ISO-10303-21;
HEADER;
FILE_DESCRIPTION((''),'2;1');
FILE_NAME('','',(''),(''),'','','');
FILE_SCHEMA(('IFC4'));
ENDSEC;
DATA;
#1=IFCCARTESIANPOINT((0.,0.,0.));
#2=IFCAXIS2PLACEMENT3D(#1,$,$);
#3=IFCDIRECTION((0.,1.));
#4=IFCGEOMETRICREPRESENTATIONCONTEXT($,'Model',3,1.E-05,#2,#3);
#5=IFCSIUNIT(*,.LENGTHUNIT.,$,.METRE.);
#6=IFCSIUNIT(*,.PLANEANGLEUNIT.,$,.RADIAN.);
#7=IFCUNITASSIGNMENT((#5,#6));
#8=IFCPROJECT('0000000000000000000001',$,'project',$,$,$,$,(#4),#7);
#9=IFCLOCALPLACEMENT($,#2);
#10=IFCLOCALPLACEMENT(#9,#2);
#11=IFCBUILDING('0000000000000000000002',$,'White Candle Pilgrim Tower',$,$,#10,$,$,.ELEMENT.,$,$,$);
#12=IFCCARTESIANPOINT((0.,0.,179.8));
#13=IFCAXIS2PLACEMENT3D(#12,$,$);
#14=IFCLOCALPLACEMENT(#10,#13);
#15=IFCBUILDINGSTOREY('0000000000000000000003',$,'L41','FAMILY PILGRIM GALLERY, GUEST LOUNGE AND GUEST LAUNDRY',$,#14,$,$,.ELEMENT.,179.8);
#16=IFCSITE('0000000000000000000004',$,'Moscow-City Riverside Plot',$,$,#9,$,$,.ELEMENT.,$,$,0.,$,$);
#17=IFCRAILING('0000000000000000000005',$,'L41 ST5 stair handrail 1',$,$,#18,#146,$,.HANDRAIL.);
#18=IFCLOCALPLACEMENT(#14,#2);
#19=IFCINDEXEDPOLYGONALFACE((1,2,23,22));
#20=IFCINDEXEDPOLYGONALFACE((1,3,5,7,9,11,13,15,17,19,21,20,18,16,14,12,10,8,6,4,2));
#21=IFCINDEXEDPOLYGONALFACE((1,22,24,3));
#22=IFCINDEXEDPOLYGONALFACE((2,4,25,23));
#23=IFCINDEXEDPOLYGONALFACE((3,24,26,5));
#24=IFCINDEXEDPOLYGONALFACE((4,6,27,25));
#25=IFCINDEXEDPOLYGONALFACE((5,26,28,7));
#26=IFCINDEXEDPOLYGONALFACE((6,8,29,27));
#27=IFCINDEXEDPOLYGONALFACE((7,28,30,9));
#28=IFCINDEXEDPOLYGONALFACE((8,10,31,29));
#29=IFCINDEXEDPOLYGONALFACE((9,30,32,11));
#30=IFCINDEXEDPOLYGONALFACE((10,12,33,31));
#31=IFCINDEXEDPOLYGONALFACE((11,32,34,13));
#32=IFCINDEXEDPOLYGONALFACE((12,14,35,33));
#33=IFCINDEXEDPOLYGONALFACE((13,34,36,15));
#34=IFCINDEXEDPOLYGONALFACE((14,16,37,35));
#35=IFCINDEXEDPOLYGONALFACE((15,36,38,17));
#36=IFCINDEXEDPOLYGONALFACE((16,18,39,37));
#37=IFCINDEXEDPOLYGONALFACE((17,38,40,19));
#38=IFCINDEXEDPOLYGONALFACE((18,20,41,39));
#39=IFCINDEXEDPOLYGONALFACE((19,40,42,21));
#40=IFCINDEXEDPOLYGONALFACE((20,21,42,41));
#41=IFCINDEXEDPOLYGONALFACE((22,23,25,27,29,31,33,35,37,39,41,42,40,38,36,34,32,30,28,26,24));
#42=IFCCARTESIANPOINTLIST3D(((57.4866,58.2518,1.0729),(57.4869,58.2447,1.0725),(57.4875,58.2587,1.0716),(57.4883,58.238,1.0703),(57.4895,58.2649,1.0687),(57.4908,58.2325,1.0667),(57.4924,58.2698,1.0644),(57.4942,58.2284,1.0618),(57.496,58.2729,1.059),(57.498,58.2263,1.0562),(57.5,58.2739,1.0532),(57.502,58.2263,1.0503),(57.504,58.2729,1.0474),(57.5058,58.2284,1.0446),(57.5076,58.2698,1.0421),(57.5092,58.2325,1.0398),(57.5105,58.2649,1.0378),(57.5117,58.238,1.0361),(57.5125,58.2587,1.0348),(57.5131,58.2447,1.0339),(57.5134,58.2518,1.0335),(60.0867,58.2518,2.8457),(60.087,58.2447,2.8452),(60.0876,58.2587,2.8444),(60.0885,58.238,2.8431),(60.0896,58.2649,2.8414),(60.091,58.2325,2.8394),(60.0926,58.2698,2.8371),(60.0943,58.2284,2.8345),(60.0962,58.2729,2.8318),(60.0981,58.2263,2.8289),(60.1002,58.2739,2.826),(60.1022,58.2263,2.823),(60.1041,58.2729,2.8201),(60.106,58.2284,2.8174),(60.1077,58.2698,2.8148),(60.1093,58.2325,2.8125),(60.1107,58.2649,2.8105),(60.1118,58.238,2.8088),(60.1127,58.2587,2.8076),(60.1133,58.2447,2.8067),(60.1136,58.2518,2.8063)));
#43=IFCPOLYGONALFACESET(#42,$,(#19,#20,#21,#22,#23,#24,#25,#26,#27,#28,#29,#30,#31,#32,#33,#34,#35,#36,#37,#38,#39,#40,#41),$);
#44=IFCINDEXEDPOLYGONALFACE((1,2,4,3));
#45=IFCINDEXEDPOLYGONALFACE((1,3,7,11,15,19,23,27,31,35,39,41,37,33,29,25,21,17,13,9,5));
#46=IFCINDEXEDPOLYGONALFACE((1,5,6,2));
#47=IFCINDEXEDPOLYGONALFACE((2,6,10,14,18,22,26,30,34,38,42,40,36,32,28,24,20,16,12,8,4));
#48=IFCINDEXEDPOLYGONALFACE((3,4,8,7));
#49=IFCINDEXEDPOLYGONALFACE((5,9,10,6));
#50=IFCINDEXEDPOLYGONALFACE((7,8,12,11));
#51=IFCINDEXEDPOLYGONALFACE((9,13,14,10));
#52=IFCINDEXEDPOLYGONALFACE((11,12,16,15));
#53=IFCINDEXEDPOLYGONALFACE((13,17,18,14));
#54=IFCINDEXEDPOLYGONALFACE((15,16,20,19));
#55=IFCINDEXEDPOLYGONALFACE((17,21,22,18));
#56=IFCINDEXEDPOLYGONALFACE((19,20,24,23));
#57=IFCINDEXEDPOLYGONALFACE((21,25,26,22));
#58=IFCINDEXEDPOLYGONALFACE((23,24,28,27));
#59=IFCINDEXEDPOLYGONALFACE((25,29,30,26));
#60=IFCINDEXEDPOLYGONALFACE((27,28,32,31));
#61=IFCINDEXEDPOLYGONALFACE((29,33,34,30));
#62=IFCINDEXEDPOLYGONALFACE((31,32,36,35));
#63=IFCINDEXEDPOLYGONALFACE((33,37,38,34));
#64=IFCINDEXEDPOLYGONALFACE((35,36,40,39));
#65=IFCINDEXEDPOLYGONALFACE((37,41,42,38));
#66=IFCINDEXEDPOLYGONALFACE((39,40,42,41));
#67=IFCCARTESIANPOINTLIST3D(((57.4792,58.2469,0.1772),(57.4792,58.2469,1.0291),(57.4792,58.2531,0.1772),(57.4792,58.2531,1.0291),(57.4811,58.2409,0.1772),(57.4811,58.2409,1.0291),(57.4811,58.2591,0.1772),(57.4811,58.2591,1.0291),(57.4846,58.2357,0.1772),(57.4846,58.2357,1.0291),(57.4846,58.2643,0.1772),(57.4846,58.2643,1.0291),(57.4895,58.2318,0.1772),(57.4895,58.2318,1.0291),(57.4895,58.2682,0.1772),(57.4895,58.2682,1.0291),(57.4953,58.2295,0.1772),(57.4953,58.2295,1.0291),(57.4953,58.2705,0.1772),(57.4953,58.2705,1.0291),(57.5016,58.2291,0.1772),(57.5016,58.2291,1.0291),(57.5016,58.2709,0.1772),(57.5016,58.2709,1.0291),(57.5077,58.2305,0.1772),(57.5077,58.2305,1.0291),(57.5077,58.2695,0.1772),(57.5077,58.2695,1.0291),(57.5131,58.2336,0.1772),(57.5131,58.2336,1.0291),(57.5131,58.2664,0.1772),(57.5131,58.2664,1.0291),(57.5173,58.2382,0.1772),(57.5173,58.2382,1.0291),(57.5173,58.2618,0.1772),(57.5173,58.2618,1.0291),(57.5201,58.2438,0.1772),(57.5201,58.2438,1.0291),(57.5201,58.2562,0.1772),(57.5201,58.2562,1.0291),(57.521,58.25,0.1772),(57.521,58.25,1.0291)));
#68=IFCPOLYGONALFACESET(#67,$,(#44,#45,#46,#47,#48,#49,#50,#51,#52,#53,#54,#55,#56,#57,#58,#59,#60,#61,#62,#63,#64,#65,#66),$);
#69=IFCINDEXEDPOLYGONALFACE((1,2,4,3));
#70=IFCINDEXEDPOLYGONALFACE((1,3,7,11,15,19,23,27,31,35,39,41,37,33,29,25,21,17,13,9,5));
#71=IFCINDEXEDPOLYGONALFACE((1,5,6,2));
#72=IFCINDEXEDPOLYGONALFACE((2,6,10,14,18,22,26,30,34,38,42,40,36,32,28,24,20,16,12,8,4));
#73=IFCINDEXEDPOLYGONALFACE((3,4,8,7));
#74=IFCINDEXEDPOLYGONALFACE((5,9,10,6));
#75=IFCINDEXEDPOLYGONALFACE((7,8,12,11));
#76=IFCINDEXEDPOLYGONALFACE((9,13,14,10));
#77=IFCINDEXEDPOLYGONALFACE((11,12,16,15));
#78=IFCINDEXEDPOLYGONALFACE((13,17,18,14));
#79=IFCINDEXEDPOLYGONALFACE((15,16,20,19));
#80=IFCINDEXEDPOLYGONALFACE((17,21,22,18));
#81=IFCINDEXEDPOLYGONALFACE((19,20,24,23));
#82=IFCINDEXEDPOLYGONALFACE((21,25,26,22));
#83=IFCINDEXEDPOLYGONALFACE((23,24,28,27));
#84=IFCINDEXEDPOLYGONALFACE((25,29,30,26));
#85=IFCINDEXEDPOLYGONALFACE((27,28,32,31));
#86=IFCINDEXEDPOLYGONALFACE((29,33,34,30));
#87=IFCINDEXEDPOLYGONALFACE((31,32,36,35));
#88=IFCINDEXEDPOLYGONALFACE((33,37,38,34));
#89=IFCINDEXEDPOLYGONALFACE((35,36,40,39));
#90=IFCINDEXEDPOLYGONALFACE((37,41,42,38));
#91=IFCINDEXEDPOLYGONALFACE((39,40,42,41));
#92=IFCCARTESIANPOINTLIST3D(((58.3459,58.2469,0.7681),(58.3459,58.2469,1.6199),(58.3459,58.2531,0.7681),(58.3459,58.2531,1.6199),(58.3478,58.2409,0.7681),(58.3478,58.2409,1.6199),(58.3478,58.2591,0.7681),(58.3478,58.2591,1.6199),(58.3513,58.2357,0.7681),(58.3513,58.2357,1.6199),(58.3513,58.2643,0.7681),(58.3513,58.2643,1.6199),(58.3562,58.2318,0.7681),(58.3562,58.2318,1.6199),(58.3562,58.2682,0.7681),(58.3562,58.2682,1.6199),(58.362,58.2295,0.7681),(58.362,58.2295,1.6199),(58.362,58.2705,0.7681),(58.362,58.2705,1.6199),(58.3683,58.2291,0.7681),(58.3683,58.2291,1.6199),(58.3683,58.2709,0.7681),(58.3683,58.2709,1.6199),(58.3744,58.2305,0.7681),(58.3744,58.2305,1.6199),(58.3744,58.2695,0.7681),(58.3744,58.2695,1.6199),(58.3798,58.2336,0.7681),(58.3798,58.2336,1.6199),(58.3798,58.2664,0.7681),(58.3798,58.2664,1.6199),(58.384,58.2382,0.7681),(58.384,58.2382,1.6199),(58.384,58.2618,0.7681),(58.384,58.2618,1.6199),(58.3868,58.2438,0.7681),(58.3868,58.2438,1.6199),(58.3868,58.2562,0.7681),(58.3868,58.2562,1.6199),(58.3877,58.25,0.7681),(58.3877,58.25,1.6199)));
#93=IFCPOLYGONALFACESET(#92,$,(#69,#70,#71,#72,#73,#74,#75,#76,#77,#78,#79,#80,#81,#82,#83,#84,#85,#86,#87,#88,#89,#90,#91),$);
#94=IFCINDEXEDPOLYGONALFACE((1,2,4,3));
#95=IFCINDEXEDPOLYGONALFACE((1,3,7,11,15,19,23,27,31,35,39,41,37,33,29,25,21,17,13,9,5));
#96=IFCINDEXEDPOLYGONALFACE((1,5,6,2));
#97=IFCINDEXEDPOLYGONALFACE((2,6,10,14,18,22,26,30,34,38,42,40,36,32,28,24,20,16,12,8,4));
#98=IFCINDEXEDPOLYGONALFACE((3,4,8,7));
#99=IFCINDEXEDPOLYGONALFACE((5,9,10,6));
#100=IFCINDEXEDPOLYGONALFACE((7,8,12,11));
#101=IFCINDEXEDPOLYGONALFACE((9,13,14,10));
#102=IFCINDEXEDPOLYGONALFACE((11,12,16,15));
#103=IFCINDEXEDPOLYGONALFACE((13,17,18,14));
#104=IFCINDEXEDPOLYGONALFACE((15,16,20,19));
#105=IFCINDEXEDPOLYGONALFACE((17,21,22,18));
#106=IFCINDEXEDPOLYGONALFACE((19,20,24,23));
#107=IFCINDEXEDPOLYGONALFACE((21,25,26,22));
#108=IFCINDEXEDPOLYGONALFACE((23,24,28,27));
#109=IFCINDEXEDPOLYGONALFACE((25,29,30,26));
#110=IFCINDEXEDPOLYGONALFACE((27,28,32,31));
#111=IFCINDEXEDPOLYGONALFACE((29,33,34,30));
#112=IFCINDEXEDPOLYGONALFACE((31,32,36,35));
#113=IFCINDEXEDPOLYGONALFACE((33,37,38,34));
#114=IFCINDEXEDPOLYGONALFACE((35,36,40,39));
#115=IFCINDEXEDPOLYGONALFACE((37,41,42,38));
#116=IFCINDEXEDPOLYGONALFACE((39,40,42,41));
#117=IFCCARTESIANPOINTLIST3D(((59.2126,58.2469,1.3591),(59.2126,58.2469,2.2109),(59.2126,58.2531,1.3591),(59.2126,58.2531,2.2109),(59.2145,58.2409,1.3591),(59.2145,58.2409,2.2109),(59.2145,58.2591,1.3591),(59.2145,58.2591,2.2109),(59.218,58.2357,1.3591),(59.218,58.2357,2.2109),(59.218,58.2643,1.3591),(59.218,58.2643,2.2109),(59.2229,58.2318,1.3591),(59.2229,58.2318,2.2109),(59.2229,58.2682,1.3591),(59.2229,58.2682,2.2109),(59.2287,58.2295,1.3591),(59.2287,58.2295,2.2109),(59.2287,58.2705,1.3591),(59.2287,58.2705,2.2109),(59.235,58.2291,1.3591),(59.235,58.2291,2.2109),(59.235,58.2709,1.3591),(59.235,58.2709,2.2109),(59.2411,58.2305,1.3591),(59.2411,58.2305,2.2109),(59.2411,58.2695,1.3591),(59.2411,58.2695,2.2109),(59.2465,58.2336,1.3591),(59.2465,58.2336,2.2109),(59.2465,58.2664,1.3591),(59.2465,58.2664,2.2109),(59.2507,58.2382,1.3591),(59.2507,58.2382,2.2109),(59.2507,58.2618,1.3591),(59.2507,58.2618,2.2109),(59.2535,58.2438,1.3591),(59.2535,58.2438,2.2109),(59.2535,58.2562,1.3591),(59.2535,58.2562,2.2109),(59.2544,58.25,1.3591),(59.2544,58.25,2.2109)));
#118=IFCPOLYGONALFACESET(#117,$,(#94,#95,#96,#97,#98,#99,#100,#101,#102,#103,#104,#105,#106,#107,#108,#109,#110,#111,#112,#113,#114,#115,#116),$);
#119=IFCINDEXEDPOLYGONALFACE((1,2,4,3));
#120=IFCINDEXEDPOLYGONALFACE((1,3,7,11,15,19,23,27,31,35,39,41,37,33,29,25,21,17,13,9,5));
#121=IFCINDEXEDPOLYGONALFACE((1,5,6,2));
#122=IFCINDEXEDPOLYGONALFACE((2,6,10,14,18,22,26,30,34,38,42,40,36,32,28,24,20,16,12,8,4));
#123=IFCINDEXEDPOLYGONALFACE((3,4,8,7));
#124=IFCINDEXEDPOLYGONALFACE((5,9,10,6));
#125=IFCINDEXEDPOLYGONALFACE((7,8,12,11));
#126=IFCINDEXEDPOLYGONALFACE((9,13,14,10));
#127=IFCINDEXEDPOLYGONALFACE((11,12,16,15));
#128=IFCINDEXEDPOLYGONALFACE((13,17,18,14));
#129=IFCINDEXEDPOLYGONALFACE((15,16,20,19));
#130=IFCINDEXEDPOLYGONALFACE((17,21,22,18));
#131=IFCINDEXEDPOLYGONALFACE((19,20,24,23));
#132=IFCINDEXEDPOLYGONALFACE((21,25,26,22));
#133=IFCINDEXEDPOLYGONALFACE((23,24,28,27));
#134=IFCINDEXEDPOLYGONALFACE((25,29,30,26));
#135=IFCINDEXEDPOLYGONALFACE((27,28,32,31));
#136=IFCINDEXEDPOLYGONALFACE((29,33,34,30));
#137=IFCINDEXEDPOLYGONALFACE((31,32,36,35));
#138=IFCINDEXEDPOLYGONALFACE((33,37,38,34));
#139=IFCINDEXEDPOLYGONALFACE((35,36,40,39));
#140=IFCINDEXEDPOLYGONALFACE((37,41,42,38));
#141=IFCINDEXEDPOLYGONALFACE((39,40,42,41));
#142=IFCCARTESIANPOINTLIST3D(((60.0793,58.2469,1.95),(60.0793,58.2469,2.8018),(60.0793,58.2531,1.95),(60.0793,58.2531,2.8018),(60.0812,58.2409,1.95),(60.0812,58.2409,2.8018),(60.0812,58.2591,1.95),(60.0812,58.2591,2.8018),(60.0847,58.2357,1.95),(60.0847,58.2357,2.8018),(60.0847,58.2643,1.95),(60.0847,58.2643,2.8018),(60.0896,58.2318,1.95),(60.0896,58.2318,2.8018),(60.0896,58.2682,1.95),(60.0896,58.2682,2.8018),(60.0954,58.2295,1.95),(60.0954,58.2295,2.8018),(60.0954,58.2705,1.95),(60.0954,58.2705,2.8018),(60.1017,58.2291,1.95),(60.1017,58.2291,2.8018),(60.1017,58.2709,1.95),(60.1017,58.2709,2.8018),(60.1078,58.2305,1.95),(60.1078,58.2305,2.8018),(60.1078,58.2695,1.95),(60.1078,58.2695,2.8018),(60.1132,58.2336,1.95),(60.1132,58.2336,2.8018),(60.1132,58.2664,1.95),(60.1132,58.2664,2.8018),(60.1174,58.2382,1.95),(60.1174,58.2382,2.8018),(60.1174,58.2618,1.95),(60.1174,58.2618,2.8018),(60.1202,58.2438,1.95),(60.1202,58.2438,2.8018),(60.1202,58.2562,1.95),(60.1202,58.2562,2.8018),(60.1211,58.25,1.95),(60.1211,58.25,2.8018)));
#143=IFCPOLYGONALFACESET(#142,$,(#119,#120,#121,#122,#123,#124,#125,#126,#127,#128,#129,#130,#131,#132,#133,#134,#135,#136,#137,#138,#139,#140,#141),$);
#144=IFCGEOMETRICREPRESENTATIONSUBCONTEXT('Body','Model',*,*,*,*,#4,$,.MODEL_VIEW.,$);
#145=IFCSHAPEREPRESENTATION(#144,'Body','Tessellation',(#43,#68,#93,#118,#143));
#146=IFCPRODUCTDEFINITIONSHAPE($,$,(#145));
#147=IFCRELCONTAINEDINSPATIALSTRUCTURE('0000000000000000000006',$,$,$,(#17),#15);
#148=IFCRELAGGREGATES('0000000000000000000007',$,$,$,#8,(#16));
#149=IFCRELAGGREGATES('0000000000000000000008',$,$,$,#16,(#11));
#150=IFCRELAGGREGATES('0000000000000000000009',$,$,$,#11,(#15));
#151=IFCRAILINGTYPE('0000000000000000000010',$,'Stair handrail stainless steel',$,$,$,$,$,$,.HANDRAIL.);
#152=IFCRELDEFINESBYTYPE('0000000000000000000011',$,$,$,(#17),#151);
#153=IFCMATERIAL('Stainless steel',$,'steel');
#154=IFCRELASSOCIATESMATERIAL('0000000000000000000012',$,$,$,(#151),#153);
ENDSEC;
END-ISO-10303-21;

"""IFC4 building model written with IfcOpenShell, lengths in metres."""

from ifc_helpers import new_model, si_unit, direction, frame, origin, origin_2d, place, context, subcontext, project, spatial, circle, extrude, material, type_object, element, save


model = new_model("IFC4")

# Units and contexts
model_context = context("Model", 3, precision=1e-05, world=origin(), true_north=direction((0.0, 1.0)))
body_context = subcontext(model_context, "Body", "Model", "MODEL_VIEW")
ifc_project = project(units=[si_unit("LENGTHUNIT", "METRE"), si_unit("PLANEANGLEUNIT", "RADIAN")], contexts=[model_context])

# Site, building, storey
site_placement = place(None, origin())
site = spatial("IfcSite", under=ifc_project, at=site_placement, Name="Moscow-City Riverside Plot", CompositionType="ELEMENT", RefElevation=0.0)
building_placement = place(site_placement, origin())
building = spatial("IfcBuilding", under=site, at=building_placement, Name="White Candle Pilgrim Tower", CompositionType="ELEMENT")
storey_placement = place(building_placement, frame((0.0, 0.0, 179.8)))
storey = spatial("IfcBuildingStorey", under=building, at=storey_placement, Name="L41", Description="FAMILY PILGRIM GALLERY, GUEST LOUNGE AND GUEST LAUNDRY", CompositionType="ELEMENT", Elevation=179.8)

# Railing
ifc_material_1 = material(Name="Stainless steel", Category="steel")
railing_type_1 = type_object("IfcRailingType", Name="Stair handrail stainless steel", PredefinedType="HANDRAIL", material=ifc_material_1)
railing_1_placement = place(storey_placement, frame((57.5, 58.25, 0.1772)))
element("IfcRailing", 1, at=railing_1_placement, inside=storey, type_object=railing_type_1, Name="L41 ST5 stair handrail 1", PredefinedType="HANDRAIL", context=body_context, shape_type="SweptSolid", body=[
    extrude(circle(Radius=0.0239, at=origin_2d()), frame((0.0, 0.0, 0.876), z_axis=(0.82624, 0.0, 0.563318), x_axis=(0.0, 1.0, 0.0)), (0.0, 0.0, 1.0), 3.147),
    extrude(circle(Radius=0.021, at=origin_2d()), origin(), (0.0, 0.0, 1.0), 0.8518),
    extrude(circle(Radius=0.021, at=origin_2d()), frame((0.8667, 0.0, 0.5908)), (0.0, 0.0, 1.0), 0.8518),
    extrude(circle(Radius=0.021, at=origin_2d()), frame((1.7334, 0.0, 1.1819)), (0.0, 0.0, 1.0), 0.8518),
    extrude(circle(Radius=0.021, at=origin_2d()), frame((2.6001, 0.0, 1.7727)), (0.0, 0.0, 1.0), 0.8518),
])

save(model, "model.ifc")
